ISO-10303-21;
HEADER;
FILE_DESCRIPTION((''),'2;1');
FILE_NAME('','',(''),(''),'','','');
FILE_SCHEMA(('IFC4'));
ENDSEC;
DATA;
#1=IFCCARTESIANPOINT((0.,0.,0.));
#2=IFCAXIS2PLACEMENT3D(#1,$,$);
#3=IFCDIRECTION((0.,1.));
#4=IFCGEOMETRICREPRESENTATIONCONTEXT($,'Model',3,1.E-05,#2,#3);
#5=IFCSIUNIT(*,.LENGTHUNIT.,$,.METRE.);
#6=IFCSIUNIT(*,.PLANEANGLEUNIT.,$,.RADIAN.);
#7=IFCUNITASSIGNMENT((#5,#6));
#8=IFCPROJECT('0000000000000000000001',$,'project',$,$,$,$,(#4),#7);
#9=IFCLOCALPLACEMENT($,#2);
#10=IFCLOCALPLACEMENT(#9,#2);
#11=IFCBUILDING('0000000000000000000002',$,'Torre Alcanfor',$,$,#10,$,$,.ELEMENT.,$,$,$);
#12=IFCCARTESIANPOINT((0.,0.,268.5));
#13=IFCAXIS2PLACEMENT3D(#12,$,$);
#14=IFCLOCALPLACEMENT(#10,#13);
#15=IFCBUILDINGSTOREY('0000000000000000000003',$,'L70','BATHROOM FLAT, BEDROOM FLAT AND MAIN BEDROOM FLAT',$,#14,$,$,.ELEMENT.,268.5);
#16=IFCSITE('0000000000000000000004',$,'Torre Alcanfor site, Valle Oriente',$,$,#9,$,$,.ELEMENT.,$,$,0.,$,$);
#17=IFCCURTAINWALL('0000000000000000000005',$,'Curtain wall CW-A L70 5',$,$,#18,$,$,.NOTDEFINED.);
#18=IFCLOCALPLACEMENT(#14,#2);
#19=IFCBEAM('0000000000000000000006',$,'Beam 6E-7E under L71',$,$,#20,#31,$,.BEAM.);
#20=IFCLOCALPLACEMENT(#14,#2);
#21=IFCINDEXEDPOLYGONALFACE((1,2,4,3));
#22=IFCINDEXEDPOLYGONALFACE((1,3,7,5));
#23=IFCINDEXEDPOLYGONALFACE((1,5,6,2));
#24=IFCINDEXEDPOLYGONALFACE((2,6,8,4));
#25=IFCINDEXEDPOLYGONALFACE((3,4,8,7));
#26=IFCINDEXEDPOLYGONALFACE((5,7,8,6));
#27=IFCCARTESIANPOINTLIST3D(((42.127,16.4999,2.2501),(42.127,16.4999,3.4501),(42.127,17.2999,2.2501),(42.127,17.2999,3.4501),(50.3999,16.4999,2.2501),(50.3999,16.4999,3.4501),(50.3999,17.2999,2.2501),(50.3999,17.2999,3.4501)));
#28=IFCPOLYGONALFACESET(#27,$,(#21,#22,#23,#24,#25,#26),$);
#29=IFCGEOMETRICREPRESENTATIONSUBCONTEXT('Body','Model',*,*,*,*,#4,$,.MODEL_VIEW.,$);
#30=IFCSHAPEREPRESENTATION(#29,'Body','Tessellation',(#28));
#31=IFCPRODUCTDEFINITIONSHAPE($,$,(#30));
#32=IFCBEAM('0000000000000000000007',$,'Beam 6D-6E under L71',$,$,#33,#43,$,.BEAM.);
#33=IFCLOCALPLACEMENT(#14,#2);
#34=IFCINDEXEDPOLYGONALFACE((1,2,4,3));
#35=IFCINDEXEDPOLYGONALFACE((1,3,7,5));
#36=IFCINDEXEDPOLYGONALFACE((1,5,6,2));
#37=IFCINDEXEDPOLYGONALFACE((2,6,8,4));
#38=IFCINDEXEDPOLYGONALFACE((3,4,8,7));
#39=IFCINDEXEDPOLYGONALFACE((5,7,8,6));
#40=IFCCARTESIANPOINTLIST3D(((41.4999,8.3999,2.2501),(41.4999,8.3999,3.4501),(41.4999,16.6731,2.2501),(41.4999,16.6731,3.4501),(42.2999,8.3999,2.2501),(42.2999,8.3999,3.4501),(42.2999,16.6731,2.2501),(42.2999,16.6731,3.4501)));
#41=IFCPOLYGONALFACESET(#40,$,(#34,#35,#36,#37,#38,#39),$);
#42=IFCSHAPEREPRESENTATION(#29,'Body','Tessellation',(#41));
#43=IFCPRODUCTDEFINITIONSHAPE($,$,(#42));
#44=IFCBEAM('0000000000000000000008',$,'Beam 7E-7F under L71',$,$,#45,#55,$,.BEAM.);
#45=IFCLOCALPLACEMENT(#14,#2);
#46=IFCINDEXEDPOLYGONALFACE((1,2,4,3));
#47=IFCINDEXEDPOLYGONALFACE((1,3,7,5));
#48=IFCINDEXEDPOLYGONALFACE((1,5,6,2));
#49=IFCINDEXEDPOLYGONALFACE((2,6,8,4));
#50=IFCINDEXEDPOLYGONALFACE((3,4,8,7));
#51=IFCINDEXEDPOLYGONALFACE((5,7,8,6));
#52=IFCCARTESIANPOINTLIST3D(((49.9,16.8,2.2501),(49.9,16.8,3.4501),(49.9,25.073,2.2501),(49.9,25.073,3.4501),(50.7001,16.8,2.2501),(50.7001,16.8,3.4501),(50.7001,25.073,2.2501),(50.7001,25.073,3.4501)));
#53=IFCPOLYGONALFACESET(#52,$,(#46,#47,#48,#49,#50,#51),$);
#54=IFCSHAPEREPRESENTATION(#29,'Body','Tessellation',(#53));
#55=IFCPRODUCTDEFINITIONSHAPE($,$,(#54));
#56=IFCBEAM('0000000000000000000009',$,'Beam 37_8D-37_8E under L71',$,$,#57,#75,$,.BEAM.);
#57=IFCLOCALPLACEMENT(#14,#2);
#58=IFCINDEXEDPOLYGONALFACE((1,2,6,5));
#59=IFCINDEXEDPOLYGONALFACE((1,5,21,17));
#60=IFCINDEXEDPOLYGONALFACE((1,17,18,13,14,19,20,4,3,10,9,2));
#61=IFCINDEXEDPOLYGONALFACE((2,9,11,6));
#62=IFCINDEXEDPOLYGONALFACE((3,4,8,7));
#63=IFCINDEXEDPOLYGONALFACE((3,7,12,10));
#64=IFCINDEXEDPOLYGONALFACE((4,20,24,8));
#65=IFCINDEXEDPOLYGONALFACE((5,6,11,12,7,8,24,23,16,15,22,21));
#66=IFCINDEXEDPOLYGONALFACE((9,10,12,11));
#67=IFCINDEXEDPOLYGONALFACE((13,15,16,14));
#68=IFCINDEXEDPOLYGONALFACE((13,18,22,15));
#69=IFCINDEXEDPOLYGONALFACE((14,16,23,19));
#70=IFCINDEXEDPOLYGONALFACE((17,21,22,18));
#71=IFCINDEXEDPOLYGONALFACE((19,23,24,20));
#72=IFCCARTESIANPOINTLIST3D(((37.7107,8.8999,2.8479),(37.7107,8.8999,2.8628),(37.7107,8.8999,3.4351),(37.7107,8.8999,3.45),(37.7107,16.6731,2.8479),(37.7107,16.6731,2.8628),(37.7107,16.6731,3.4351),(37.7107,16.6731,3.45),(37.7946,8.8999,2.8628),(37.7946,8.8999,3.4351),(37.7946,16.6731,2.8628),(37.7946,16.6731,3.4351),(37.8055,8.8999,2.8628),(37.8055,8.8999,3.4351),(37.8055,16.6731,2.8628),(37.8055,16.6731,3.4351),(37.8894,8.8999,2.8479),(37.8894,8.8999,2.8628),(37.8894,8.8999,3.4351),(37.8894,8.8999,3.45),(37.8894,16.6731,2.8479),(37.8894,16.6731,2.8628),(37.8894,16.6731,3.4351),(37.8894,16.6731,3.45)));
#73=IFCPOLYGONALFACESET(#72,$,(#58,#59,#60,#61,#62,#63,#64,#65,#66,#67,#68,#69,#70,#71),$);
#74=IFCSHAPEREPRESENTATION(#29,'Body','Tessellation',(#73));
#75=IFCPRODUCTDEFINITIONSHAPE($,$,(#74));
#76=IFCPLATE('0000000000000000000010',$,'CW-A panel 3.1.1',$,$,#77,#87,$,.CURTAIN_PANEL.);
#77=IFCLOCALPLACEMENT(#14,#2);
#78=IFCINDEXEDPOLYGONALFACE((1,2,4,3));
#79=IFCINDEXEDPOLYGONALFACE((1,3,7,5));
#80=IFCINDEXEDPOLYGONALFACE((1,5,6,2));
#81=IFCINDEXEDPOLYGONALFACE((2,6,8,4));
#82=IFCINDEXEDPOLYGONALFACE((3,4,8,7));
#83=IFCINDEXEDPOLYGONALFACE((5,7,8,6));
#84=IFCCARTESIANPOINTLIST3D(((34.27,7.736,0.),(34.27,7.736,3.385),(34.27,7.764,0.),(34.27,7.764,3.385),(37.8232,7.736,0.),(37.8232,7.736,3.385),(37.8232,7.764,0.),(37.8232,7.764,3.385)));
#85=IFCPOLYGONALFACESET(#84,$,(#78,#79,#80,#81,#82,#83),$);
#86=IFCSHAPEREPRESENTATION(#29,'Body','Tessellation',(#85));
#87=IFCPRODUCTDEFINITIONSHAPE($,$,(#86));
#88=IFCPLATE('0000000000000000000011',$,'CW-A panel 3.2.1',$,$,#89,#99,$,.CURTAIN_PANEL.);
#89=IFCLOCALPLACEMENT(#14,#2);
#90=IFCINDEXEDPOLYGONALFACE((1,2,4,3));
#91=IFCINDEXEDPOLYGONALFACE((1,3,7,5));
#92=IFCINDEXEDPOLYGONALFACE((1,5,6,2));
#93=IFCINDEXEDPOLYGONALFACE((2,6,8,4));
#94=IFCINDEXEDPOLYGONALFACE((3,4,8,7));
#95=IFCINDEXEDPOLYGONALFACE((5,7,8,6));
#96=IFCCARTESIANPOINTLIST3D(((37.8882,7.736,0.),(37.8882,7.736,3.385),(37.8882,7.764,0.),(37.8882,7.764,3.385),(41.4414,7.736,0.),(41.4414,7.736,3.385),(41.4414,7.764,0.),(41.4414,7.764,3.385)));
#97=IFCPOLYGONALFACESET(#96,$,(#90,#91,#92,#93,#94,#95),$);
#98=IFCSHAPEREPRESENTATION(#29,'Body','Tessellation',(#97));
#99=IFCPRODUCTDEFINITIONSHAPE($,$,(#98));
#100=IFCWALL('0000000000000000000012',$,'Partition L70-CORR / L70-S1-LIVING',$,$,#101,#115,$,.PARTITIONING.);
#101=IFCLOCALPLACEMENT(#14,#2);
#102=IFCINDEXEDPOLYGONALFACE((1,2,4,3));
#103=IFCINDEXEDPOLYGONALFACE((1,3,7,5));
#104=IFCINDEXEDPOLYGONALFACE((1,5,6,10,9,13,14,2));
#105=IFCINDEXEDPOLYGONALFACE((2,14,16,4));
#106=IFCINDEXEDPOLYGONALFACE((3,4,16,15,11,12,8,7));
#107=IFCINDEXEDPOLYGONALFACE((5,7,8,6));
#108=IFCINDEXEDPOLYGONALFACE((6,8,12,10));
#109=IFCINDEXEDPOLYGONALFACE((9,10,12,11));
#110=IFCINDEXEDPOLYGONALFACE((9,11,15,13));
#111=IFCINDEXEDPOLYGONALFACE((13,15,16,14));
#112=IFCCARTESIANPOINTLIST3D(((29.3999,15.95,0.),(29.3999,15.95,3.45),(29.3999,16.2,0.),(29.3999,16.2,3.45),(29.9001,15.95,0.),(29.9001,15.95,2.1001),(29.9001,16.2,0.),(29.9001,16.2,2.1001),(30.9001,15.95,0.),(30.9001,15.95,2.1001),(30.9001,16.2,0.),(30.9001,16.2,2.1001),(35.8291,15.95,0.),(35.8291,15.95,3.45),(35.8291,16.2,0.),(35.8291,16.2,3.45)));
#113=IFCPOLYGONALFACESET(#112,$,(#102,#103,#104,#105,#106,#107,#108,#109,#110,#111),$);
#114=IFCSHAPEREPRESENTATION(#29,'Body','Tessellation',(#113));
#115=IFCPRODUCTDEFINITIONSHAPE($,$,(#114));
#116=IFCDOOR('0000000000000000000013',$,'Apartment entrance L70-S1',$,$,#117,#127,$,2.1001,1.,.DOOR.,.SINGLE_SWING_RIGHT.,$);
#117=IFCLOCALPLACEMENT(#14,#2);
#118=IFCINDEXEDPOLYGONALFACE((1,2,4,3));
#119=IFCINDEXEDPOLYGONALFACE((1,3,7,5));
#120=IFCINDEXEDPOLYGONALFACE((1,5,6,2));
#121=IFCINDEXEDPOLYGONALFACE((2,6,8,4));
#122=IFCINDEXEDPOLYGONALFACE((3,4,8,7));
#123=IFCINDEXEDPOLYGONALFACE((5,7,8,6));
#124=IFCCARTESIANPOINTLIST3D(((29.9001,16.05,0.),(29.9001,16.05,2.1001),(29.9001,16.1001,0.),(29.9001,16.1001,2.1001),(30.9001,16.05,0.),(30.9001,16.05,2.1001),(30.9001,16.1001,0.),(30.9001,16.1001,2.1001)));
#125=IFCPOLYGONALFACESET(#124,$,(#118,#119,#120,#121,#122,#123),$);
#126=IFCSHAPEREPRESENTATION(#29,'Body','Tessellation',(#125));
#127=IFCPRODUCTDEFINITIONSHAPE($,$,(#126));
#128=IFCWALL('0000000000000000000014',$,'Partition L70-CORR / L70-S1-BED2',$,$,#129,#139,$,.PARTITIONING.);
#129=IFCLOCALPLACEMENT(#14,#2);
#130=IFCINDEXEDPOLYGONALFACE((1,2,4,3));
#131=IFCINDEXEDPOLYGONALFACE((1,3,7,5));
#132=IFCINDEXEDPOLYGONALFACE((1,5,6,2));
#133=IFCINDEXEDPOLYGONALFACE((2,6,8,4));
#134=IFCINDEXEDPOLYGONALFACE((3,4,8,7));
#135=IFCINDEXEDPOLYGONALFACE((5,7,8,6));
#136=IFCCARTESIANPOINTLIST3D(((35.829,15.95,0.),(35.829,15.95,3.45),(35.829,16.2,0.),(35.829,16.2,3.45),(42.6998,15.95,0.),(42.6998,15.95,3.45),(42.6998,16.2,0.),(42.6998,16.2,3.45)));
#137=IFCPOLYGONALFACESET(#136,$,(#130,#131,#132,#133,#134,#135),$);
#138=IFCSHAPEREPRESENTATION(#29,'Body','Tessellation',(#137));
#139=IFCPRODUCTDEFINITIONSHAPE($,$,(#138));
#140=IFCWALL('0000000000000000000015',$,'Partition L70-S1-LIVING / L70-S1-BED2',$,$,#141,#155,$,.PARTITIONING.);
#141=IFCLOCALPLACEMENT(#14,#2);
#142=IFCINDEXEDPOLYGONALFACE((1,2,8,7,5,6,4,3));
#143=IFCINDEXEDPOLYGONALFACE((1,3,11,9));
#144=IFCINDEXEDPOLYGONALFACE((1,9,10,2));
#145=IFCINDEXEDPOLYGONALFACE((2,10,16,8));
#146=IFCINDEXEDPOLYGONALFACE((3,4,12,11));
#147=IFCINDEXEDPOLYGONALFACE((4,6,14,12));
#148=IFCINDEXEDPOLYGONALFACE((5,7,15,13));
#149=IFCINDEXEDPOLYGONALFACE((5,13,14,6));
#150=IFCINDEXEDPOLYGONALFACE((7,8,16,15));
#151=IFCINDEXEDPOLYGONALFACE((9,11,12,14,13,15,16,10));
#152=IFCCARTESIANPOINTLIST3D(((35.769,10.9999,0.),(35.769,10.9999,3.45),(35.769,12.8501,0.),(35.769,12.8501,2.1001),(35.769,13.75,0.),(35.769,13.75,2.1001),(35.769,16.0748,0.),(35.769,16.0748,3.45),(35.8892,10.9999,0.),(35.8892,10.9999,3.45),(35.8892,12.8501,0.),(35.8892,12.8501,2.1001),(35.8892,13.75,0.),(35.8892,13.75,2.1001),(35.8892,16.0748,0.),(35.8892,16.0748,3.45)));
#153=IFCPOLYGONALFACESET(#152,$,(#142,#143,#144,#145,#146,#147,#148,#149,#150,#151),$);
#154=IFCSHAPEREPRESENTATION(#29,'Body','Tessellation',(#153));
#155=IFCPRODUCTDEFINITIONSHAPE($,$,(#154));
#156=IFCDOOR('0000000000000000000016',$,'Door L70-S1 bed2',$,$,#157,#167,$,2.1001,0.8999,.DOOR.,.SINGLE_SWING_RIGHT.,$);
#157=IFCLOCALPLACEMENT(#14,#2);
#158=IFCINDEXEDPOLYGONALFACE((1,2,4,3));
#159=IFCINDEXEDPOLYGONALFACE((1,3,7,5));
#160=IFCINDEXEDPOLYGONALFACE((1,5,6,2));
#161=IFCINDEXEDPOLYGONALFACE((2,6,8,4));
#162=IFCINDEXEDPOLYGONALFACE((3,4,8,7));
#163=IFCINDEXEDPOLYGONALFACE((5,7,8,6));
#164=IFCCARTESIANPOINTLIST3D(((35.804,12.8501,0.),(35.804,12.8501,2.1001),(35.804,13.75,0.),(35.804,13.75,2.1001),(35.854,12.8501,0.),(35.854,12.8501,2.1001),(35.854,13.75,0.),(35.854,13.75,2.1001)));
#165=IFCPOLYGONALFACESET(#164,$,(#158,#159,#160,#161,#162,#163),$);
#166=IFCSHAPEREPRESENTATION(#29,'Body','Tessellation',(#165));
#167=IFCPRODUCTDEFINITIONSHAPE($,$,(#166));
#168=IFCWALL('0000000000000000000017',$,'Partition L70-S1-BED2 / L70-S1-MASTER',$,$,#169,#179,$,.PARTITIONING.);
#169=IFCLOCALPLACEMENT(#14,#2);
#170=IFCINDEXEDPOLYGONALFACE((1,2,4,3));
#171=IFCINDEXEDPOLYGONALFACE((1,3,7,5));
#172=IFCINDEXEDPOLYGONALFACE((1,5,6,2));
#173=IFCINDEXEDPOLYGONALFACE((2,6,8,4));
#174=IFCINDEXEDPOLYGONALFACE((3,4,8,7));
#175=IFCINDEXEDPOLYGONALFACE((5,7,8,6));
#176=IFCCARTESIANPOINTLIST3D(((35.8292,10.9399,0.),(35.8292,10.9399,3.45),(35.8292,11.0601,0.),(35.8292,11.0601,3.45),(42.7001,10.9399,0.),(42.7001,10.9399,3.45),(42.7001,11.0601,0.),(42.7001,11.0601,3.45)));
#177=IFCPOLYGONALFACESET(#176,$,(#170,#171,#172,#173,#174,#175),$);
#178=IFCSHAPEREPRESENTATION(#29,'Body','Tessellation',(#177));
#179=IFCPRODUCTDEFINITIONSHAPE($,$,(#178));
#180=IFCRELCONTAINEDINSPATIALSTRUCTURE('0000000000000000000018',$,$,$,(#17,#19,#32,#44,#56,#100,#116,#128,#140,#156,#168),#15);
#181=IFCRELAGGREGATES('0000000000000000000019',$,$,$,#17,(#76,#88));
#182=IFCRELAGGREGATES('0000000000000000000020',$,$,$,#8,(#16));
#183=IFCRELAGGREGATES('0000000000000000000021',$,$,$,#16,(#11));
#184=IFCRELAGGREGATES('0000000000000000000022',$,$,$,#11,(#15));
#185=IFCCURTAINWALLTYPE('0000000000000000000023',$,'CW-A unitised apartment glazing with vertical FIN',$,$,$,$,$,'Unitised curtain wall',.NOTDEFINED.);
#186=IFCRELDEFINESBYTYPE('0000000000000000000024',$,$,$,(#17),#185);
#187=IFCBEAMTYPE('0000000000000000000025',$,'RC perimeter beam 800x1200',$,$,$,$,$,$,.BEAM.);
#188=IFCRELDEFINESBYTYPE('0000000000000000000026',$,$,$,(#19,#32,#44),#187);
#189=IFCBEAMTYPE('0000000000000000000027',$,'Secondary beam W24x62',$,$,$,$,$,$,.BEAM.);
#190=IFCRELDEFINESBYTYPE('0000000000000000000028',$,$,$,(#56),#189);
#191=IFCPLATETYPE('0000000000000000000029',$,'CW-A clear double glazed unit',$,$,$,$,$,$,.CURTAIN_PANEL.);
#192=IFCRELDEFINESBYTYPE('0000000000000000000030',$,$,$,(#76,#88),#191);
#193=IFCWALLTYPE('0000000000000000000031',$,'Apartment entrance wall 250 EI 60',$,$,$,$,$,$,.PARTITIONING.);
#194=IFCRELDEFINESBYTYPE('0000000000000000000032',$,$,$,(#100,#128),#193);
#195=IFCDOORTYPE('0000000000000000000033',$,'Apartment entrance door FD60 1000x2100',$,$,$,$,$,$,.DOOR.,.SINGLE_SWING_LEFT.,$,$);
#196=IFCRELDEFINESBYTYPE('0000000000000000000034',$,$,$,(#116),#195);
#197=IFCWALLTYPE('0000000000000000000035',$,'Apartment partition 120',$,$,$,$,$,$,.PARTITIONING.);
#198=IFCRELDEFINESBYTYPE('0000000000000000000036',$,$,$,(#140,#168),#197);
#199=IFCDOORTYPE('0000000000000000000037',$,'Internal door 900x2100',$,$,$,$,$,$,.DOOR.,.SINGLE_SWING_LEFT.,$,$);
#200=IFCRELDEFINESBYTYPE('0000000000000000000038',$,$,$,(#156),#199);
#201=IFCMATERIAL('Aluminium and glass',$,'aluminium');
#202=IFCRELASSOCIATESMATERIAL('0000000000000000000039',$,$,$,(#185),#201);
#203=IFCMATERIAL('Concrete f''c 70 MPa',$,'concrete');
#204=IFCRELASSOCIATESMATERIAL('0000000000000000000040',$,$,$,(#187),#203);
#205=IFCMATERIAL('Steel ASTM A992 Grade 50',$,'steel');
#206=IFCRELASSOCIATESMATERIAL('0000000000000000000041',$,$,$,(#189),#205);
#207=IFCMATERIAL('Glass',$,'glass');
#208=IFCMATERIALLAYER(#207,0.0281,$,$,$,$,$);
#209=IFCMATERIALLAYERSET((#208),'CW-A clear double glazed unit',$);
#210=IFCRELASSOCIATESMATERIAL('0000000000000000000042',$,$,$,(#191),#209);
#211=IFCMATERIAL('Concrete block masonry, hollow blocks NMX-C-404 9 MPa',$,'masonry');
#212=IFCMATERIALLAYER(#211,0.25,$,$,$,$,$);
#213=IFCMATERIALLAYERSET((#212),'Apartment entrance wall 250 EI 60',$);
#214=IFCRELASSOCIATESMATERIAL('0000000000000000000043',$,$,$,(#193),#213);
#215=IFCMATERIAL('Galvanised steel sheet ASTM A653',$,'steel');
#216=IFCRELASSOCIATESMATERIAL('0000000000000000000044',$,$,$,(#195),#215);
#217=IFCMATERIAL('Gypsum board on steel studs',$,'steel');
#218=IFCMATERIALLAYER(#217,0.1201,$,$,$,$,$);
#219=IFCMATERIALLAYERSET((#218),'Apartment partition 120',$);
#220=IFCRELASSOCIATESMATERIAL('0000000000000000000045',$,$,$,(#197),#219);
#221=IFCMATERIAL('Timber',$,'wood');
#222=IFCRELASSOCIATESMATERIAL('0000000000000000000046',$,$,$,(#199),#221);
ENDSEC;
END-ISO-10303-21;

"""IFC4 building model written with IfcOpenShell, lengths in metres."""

from ifc_helpers import new_model, si_unit, direction, frame, frame_2d, origin, origin_2d, place, context, subcontext, project, spatial, rectangle, i_section, extrude, material, layer, layer_set, material_profile, profile_set, type_object, element, fill, aggregate, save


model = new_model("IFC4")

# Units and contexts
model_context = context("Model", 3, precision=1e-05, world=origin(), true_north=direction((0.0, 1.0)))
body_context = subcontext(model_context, "Body", "Model", "MODEL_VIEW")
ifc_project = project(units=[si_unit("LENGTHUNIT", "METRE"), si_unit("PLANEANGLEUNIT", "RADIAN")], contexts=[model_context])

# Site, building, storey
site_placement = place(None, origin())
site = spatial("IfcSite", under=ifc_project, at=site_placement, Name="Torre Alcanfor site, Valle Oriente", CompositionType="ELEMENT", RefElevation=0.0)
building_placement = place(site_placement, origin())
building = spatial("IfcBuilding", under=site, at=building_placement, Name="Torre Alcanfor", CompositionType="ELEMENT")
storey_placement = place(building_placement, frame((0.0, 0.0, 268.5)))
storey = spatial("IfcBuildingStorey", under=building, at=storey_placement, Name="L70", Description="BATHROOM FLAT, BEDROOM FLAT AND MAIN BEDROOM FLAT", CompositionType="ELEMENT", Elevation=268.5)

# Curtain wall
ifc_material_1 = material(Name="Aluminium and glass", Category="aluminium")
curtain_wall_type = type_object("IfcCurtainWallType", Name="CW-A unitised apartment glazing with vertical FIN", ElementType="Unitised curtain wall", PredefinedType="NOTDEFINED", material=ifc_material_1)
curtain_wall_placement = place(storey_placement, origin())
curtain_wall = element("IfcCurtainWall", 1, at=curtain_wall_placement, inside=storey, type_object=curtain_wall_type, Name="Curtain wall CW-A L70 5", PredefinedType="NOTDEFINED")

# Beams
ifc_material_2 = material(Name="Concrete f'c 70 MPa", Category="concrete")
ifc_material_profile_1 = material_profile(ifc_material_2, rectangle(XDim=0.8, YDim=1.2, at=origin_2d()), Name="800x1200")
ifc_profile_set_1 = profile_set([ifc_material_profile_1], Name="Concrete f'c 70 MPa")
beam_type_1 = type_object("IfcBeamType", Name="RC perimeter beam 800x1200", PredefinedType="BEAM", material=ifc_profile_set_1)
beam_1_placement = place(storey_placement, frame((42.127, 16.8999, 2.8501), z_axis=(1.0, 0.0, 0.0), x_axis=(0.0, 1.0, 0.0)))
element("IfcBeam", 2, at=beam_1_placement, inside=storey, type_object=beam_type_1, Name="Beam 6E-7E under L71", PredefinedType="BEAM", context=body_context, shape_type="SweptSolid", body=[
    extrude(rectangle(XDim=0.8, YDim=1.2, at=origin_2d()), origin(), (0.0, 0.0, 1.0), 8.2729),
])
beam_2_placement = place(storey_placement, frame((41.8999, 8.3999, 2.8501), z_axis=(0.0, 1.0, 0.0), x_axis=(-1.0, 0.0, 0.0)))
element("IfcBeam", 3, at=beam_2_placement, inside=storey, type_object=beam_type_1, Name="Beam 6D-6E under L71", PredefinedType="BEAM", context=body_context, shape_type="SweptSolid", body=[
    extrude(rectangle(XDim=0.8, YDim=1.2, at=origin_2d()), origin(), (0.0, 0.0, 1.0), 8.2732),
])
beam_3_placement = place(storey_placement, frame((50.3, 16.8, 2.8501), z_axis=(0.0, 1.0, 0.0), x_axis=(-1.0, 0.0, 0.0)))
element("IfcBeam", 4, at=beam_3_placement, inside=storey, type_object=beam_type_1, Name="Beam 7E-7F under L71", PredefinedType="BEAM", context=body_context, shape_type="SweptSolid", body=[
    extrude(rectangle(XDim=0.8, YDim=1.2, at=origin_2d()), origin(), (0.0, 0.0, 1.0), 8.2729),
])
ifc_material_3 = material(Name="Steel ASTM A992 Grade 50", Category="steel")
ifc_material_profile_2 = material_profile(ifc_material_3, i_section(OverallWidth=0.1787, OverallDepth=0.6021, WebThickness=0.011, FlangeThickness=0.0149, at=origin_2d()), Name="W24x62")
ifc_profile_set_2 = profile_set([ifc_material_profile_2], Name="Steel ASTM A992 Grade 50")
beam_type_2 = type_object("IfcBeamType", Name="Secondary beam W24x62", PredefinedType="BEAM", material=ifc_profile_set_2)
beam_4_placement = place(storey_placement, frame((37.8, 8.8999, 3.1489), z_axis=(0.0, 1.0, 0.0), x_axis=(-1.0, 0.0, 0.0)))
element("IfcBeam", 5, at=beam_4_placement, inside=storey, type_object=beam_type_2, Name="Beam 37_8D-37_8E under L71", PredefinedType="BEAM", context=body_context, shape_type="SweptSolid", body=[
    extrude(i_section(OverallWidth=0.1787, OverallDepth=0.6021, WebThickness=0.011, FlangeThickness=0.0149, at=origin_2d()), origin(), (0.0, 0.0, 1.0), 7.7732),
])

# Plates
ifc_material_4 = material(Name="Glass", Category="glass")
ifc_layer_1 = layer(ifc_material_4, 0.0281)
ifc_layer_set_1 = layer_set([ifc_layer_1], Name="CW-A clear double glazed unit")
plate_type = type_object("IfcPlateType", Name="CW-A clear double glazed unit", PredefinedType="CURTAIN_PANEL", material=ifc_layer_set_1)
plate_1_placement = place(storey_placement, frame((36.0466, 7.75, 0.0), z_axis=(0.0, 0.0, 1.0), x_axis=(1.0, 0.0, 0.0)))
plate_1 = element("IfcPlate", 6, at=plate_1_placement, type_object=plate_type, Name="CW-A panel 3.1.1", PredefinedType="CURTAIN_PANEL", context=body_context, shape_type="SweptSolid", body=[
    extrude(rectangle(XDim=3.5532, YDim=0.0281, at=origin_2d()), origin(), (0.0, 0.0, 1.0), 3.385),
])
plate_2_placement = place(storey_placement, frame((39.6648, 7.75, 0.0), z_axis=(0.0, 0.0, 1.0), x_axis=(1.0, 0.0, 0.0)))
plate_2 = element("IfcPlate", 7, at=plate_2_placement, type_object=plate_type, Name="CW-A panel 3.2.1", PredefinedType="CURTAIN_PANEL", context=body_context, shape_type="SweptSolid", body=[
    extrude(rectangle(XDim=3.5532, YDim=0.0281, at=origin_2d()), origin(), (0.0, 0.0, 1.0), 3.385),
])
aggregate(curtain_wall, [plate_1, plate_2])

# Wall, opening, door
ifc_material_5 = material(Name="Concrete block masonry, hollow blocks NMX-C-404 9 MPa", Category="masonry")
ifc_layer_2 = layer(ifc_material_5, 0.25)
ifc_layer_set_2 = layer_set([ifc_layer_2], Name="Apartment entrance wall 250 EI 60")
wall_type_1 = type_object("IfcWallType", Name="Apartment entrance wall 250 EI 60", PredefinedType="PARTITIONING", material=ifc_layer_set_2)
wall_1_placement = place(storey_placement, frame((35.8291, 16.075, 0.0), z_axis=(0.0, 0.0, 1.0), x_axis=(-1.0, 0.0, 0.0)))
wall_1 = element("IfcWall", 8, at=wall_1_placement, inside=storey, type_object=wall_type_1, Name="Partition L70-CORR / L70-S1-LIVING", PredefinedType="PARTITIONING", context=body_context, shape_type="SweptSolid", body=[
    extrude(rectangle(XDim=6.4292, YDim=0.25, at=frame_2d((3.2146, 0.0))), origin(), (0.0, 0.0, 1.0), 3.45),
])
opening_1_placement = place(wall_1_placement, frame((4.929, 0.0, 0.0)))
opening_1 = element("IfcOpeningElement", 9, at=opening_1_placement, cuts=wall_1, PredefinedType="OPENING", context=body_context, shape_type="SweptSolid", body=[
    extrude(rectangle(XDim=1.0, YDim=2.1001, at=frame_2d((0.5, 1.05))), frame((0.0, 0.135, 0.0), z_axis=(0.0, -1.0, 0.0), x_axis=(1.0, 0.0, 0.0)), (0.0, 0.0, 1.0), 0.27),
])
ifc_material_6 = material(Name="Galvanised steel sheet ASTM A653", Category="steel")
door_type_1 = type_object("IfcDoorType", Name="Apartment entrance door FD60 1000x2100", OperationType="SINGLE_SWING_LEFT", PredefinedType="DOOR", material=ifc_material_6)
door_1_placement = place(opening_1_placement, origin())
door_1 = element("IfcDoor", 10, at=door_1_placement, inside=storey, type_object=door_type_1, Name="Apartment entrance L70-S1", OperationType="SINGLE_SWING_RIGHT", OverallHeight=2.1001, OverallWidth=1.0, PredefinedType="DOOR", context=body_context, shape_type="SweptSolid", body=[
    extrude(rectangle(XDim=1.0, YDim=2.1001, at=frame_2d((0.5, 1.05))), frame((0.0, 0.0249, 0.0), z_axis=(0.0, -1.0, 0.0), x_axis=(1.0, 0.0, 0.0)), (0.0, 0.0, 1.0), 0.05),
])
fill(opening_1, door_1)

# Wall
wall_2_placement = place(storey_placement, frame((42.7, 16.075, 0.0), z_axis=(0.0, 0.0, 1.0), x_axis=(-1.0, 0.0, 0.0)))
element("IfcWall", 11, at=wall_2_placement, inside=storey, type_object=wall_type_1, Name="Partition L70-CORR / L70-S1-BED2", PredefinedType="PARTITIONING", context=body_context, shape_type="SweptSolid", body=[
    extrude(rectangle(XDim=6.8708, YDim=0.25, at=frame_2d((3.4355, 0.0))), origin(), (0.0, 0.0, 1.0), 3.45),
])

# Wall, opening, door
ifc_material_7 = material(Name="Gypsum board on steel studs", Category="steel")
ifc_layer_3 = layer(ifc_material_7, 0.1201)
ifc_layer_set_3 = layer_set([ifc_layer_3], Name="Apartment partition 120")
wall_type_2 = type_object("IfcWallType", Name="Apartment partition 120", PredefinedType="PARTITIONING", material=ifc_layer_set_3)
wall_3_placement = place(storey_placement, frame((35.8291, 16.075, 0.0), z_axis=(0.0, 0.0, 1.0), x_axis=(0.0, -1.0, 0.0)))
wall_3 = element("IfcWall", 12, at=wall_3_placement, inside=storey, type_object=wall_type_2, Name="Partition L70-S1-LIVING / L70-S1-BED2", PredefinedType="PARTITIONING", context=body_context, shape_type="SweptSolid", body=[
    extrude(rectangle(XDim=5.075, YDim=0.1201, at=frame_2d((2.5376, 0.0))), origin(), (0.0, 0.0, 1.0), 3.45),
])
opening_2_placement = place(wall_3_placement, frame((2.325, 0.0, 0.0)))
opening_2 = element("IfcOpeningElement", 13, at=opening_2_placement, cuts=wall_3, PredefinedType="OPENING", context=body_context, shape_type="SweptSolid", body=[
    extrude(rectangle(XDim=0.8999, YDim=2.1001, at=frame_2d((0.45, 1.05))), frame((0.0, 0.0701, 0.0), z_axis=(0.0, -1.0, 0.0), x_axis=(1.0, 0.0, 0.0)), (0.0, 0.0, 1.0), 0.1401),
])
ifc_material_8 = material(Name="Timber", Category="wood")
door_type_2 = type_object("IfcDoorType", Name="Internal door 900x2100", OperationType="SINGLE_SWING_LEFT", PredefinedType="DOOR", material=ifc_material_8)
door_2_placement = place(opening_2_placement, origin())
door_2 = element("IfcDoor", 14, at=door_2_placement, inside=storey, type_object=door_type_2, Name="Door L70-S1 bed2", OperationType="SINGLE_SWING_RIGHT", OverallHeight=2.1001, OverallWidth=0.8999, PredefinedType="DOOR", context=body_context, shape_type="SweptSolid", body=[
    extrude(rectangle(XDim=0.8999, YDim=2.1001, at=frame_2d((0.45, 1.05))), frame((0.0, 0.0249, 0.0), z_axis=(0.0, -1.0, 0.0), x_axis=(1.0, 0.0, 0.0)), (0.0, 0.0, 1.0), 0.05),
])
fill(opening_2, door_2)

# Wall
wall_4_placement = place(storey_placement, frame((35.8291, 11.0, 0.0), z_axis=(0.0, 0.0, 1.0), x_axis=(1.0, 0.0, 0.0)))
element("IfcWall", 15, at=wall_4_placement, inside=storey, type_object=wall_type_2, Name="Partition L70-S1-BED2 / L70-S1-MASTER", PredefinedType="PARTITIONING", context=body_context, shape_type="SweptSolid", body=[
    extrude(rectangle(XDim=6.8708, YDim=0.1201, at=frame_2d((3.4355, 0.0))), origin(), (0.0, 0.0, 1.0), 3.45),
])

save(model, "model.ifc")
